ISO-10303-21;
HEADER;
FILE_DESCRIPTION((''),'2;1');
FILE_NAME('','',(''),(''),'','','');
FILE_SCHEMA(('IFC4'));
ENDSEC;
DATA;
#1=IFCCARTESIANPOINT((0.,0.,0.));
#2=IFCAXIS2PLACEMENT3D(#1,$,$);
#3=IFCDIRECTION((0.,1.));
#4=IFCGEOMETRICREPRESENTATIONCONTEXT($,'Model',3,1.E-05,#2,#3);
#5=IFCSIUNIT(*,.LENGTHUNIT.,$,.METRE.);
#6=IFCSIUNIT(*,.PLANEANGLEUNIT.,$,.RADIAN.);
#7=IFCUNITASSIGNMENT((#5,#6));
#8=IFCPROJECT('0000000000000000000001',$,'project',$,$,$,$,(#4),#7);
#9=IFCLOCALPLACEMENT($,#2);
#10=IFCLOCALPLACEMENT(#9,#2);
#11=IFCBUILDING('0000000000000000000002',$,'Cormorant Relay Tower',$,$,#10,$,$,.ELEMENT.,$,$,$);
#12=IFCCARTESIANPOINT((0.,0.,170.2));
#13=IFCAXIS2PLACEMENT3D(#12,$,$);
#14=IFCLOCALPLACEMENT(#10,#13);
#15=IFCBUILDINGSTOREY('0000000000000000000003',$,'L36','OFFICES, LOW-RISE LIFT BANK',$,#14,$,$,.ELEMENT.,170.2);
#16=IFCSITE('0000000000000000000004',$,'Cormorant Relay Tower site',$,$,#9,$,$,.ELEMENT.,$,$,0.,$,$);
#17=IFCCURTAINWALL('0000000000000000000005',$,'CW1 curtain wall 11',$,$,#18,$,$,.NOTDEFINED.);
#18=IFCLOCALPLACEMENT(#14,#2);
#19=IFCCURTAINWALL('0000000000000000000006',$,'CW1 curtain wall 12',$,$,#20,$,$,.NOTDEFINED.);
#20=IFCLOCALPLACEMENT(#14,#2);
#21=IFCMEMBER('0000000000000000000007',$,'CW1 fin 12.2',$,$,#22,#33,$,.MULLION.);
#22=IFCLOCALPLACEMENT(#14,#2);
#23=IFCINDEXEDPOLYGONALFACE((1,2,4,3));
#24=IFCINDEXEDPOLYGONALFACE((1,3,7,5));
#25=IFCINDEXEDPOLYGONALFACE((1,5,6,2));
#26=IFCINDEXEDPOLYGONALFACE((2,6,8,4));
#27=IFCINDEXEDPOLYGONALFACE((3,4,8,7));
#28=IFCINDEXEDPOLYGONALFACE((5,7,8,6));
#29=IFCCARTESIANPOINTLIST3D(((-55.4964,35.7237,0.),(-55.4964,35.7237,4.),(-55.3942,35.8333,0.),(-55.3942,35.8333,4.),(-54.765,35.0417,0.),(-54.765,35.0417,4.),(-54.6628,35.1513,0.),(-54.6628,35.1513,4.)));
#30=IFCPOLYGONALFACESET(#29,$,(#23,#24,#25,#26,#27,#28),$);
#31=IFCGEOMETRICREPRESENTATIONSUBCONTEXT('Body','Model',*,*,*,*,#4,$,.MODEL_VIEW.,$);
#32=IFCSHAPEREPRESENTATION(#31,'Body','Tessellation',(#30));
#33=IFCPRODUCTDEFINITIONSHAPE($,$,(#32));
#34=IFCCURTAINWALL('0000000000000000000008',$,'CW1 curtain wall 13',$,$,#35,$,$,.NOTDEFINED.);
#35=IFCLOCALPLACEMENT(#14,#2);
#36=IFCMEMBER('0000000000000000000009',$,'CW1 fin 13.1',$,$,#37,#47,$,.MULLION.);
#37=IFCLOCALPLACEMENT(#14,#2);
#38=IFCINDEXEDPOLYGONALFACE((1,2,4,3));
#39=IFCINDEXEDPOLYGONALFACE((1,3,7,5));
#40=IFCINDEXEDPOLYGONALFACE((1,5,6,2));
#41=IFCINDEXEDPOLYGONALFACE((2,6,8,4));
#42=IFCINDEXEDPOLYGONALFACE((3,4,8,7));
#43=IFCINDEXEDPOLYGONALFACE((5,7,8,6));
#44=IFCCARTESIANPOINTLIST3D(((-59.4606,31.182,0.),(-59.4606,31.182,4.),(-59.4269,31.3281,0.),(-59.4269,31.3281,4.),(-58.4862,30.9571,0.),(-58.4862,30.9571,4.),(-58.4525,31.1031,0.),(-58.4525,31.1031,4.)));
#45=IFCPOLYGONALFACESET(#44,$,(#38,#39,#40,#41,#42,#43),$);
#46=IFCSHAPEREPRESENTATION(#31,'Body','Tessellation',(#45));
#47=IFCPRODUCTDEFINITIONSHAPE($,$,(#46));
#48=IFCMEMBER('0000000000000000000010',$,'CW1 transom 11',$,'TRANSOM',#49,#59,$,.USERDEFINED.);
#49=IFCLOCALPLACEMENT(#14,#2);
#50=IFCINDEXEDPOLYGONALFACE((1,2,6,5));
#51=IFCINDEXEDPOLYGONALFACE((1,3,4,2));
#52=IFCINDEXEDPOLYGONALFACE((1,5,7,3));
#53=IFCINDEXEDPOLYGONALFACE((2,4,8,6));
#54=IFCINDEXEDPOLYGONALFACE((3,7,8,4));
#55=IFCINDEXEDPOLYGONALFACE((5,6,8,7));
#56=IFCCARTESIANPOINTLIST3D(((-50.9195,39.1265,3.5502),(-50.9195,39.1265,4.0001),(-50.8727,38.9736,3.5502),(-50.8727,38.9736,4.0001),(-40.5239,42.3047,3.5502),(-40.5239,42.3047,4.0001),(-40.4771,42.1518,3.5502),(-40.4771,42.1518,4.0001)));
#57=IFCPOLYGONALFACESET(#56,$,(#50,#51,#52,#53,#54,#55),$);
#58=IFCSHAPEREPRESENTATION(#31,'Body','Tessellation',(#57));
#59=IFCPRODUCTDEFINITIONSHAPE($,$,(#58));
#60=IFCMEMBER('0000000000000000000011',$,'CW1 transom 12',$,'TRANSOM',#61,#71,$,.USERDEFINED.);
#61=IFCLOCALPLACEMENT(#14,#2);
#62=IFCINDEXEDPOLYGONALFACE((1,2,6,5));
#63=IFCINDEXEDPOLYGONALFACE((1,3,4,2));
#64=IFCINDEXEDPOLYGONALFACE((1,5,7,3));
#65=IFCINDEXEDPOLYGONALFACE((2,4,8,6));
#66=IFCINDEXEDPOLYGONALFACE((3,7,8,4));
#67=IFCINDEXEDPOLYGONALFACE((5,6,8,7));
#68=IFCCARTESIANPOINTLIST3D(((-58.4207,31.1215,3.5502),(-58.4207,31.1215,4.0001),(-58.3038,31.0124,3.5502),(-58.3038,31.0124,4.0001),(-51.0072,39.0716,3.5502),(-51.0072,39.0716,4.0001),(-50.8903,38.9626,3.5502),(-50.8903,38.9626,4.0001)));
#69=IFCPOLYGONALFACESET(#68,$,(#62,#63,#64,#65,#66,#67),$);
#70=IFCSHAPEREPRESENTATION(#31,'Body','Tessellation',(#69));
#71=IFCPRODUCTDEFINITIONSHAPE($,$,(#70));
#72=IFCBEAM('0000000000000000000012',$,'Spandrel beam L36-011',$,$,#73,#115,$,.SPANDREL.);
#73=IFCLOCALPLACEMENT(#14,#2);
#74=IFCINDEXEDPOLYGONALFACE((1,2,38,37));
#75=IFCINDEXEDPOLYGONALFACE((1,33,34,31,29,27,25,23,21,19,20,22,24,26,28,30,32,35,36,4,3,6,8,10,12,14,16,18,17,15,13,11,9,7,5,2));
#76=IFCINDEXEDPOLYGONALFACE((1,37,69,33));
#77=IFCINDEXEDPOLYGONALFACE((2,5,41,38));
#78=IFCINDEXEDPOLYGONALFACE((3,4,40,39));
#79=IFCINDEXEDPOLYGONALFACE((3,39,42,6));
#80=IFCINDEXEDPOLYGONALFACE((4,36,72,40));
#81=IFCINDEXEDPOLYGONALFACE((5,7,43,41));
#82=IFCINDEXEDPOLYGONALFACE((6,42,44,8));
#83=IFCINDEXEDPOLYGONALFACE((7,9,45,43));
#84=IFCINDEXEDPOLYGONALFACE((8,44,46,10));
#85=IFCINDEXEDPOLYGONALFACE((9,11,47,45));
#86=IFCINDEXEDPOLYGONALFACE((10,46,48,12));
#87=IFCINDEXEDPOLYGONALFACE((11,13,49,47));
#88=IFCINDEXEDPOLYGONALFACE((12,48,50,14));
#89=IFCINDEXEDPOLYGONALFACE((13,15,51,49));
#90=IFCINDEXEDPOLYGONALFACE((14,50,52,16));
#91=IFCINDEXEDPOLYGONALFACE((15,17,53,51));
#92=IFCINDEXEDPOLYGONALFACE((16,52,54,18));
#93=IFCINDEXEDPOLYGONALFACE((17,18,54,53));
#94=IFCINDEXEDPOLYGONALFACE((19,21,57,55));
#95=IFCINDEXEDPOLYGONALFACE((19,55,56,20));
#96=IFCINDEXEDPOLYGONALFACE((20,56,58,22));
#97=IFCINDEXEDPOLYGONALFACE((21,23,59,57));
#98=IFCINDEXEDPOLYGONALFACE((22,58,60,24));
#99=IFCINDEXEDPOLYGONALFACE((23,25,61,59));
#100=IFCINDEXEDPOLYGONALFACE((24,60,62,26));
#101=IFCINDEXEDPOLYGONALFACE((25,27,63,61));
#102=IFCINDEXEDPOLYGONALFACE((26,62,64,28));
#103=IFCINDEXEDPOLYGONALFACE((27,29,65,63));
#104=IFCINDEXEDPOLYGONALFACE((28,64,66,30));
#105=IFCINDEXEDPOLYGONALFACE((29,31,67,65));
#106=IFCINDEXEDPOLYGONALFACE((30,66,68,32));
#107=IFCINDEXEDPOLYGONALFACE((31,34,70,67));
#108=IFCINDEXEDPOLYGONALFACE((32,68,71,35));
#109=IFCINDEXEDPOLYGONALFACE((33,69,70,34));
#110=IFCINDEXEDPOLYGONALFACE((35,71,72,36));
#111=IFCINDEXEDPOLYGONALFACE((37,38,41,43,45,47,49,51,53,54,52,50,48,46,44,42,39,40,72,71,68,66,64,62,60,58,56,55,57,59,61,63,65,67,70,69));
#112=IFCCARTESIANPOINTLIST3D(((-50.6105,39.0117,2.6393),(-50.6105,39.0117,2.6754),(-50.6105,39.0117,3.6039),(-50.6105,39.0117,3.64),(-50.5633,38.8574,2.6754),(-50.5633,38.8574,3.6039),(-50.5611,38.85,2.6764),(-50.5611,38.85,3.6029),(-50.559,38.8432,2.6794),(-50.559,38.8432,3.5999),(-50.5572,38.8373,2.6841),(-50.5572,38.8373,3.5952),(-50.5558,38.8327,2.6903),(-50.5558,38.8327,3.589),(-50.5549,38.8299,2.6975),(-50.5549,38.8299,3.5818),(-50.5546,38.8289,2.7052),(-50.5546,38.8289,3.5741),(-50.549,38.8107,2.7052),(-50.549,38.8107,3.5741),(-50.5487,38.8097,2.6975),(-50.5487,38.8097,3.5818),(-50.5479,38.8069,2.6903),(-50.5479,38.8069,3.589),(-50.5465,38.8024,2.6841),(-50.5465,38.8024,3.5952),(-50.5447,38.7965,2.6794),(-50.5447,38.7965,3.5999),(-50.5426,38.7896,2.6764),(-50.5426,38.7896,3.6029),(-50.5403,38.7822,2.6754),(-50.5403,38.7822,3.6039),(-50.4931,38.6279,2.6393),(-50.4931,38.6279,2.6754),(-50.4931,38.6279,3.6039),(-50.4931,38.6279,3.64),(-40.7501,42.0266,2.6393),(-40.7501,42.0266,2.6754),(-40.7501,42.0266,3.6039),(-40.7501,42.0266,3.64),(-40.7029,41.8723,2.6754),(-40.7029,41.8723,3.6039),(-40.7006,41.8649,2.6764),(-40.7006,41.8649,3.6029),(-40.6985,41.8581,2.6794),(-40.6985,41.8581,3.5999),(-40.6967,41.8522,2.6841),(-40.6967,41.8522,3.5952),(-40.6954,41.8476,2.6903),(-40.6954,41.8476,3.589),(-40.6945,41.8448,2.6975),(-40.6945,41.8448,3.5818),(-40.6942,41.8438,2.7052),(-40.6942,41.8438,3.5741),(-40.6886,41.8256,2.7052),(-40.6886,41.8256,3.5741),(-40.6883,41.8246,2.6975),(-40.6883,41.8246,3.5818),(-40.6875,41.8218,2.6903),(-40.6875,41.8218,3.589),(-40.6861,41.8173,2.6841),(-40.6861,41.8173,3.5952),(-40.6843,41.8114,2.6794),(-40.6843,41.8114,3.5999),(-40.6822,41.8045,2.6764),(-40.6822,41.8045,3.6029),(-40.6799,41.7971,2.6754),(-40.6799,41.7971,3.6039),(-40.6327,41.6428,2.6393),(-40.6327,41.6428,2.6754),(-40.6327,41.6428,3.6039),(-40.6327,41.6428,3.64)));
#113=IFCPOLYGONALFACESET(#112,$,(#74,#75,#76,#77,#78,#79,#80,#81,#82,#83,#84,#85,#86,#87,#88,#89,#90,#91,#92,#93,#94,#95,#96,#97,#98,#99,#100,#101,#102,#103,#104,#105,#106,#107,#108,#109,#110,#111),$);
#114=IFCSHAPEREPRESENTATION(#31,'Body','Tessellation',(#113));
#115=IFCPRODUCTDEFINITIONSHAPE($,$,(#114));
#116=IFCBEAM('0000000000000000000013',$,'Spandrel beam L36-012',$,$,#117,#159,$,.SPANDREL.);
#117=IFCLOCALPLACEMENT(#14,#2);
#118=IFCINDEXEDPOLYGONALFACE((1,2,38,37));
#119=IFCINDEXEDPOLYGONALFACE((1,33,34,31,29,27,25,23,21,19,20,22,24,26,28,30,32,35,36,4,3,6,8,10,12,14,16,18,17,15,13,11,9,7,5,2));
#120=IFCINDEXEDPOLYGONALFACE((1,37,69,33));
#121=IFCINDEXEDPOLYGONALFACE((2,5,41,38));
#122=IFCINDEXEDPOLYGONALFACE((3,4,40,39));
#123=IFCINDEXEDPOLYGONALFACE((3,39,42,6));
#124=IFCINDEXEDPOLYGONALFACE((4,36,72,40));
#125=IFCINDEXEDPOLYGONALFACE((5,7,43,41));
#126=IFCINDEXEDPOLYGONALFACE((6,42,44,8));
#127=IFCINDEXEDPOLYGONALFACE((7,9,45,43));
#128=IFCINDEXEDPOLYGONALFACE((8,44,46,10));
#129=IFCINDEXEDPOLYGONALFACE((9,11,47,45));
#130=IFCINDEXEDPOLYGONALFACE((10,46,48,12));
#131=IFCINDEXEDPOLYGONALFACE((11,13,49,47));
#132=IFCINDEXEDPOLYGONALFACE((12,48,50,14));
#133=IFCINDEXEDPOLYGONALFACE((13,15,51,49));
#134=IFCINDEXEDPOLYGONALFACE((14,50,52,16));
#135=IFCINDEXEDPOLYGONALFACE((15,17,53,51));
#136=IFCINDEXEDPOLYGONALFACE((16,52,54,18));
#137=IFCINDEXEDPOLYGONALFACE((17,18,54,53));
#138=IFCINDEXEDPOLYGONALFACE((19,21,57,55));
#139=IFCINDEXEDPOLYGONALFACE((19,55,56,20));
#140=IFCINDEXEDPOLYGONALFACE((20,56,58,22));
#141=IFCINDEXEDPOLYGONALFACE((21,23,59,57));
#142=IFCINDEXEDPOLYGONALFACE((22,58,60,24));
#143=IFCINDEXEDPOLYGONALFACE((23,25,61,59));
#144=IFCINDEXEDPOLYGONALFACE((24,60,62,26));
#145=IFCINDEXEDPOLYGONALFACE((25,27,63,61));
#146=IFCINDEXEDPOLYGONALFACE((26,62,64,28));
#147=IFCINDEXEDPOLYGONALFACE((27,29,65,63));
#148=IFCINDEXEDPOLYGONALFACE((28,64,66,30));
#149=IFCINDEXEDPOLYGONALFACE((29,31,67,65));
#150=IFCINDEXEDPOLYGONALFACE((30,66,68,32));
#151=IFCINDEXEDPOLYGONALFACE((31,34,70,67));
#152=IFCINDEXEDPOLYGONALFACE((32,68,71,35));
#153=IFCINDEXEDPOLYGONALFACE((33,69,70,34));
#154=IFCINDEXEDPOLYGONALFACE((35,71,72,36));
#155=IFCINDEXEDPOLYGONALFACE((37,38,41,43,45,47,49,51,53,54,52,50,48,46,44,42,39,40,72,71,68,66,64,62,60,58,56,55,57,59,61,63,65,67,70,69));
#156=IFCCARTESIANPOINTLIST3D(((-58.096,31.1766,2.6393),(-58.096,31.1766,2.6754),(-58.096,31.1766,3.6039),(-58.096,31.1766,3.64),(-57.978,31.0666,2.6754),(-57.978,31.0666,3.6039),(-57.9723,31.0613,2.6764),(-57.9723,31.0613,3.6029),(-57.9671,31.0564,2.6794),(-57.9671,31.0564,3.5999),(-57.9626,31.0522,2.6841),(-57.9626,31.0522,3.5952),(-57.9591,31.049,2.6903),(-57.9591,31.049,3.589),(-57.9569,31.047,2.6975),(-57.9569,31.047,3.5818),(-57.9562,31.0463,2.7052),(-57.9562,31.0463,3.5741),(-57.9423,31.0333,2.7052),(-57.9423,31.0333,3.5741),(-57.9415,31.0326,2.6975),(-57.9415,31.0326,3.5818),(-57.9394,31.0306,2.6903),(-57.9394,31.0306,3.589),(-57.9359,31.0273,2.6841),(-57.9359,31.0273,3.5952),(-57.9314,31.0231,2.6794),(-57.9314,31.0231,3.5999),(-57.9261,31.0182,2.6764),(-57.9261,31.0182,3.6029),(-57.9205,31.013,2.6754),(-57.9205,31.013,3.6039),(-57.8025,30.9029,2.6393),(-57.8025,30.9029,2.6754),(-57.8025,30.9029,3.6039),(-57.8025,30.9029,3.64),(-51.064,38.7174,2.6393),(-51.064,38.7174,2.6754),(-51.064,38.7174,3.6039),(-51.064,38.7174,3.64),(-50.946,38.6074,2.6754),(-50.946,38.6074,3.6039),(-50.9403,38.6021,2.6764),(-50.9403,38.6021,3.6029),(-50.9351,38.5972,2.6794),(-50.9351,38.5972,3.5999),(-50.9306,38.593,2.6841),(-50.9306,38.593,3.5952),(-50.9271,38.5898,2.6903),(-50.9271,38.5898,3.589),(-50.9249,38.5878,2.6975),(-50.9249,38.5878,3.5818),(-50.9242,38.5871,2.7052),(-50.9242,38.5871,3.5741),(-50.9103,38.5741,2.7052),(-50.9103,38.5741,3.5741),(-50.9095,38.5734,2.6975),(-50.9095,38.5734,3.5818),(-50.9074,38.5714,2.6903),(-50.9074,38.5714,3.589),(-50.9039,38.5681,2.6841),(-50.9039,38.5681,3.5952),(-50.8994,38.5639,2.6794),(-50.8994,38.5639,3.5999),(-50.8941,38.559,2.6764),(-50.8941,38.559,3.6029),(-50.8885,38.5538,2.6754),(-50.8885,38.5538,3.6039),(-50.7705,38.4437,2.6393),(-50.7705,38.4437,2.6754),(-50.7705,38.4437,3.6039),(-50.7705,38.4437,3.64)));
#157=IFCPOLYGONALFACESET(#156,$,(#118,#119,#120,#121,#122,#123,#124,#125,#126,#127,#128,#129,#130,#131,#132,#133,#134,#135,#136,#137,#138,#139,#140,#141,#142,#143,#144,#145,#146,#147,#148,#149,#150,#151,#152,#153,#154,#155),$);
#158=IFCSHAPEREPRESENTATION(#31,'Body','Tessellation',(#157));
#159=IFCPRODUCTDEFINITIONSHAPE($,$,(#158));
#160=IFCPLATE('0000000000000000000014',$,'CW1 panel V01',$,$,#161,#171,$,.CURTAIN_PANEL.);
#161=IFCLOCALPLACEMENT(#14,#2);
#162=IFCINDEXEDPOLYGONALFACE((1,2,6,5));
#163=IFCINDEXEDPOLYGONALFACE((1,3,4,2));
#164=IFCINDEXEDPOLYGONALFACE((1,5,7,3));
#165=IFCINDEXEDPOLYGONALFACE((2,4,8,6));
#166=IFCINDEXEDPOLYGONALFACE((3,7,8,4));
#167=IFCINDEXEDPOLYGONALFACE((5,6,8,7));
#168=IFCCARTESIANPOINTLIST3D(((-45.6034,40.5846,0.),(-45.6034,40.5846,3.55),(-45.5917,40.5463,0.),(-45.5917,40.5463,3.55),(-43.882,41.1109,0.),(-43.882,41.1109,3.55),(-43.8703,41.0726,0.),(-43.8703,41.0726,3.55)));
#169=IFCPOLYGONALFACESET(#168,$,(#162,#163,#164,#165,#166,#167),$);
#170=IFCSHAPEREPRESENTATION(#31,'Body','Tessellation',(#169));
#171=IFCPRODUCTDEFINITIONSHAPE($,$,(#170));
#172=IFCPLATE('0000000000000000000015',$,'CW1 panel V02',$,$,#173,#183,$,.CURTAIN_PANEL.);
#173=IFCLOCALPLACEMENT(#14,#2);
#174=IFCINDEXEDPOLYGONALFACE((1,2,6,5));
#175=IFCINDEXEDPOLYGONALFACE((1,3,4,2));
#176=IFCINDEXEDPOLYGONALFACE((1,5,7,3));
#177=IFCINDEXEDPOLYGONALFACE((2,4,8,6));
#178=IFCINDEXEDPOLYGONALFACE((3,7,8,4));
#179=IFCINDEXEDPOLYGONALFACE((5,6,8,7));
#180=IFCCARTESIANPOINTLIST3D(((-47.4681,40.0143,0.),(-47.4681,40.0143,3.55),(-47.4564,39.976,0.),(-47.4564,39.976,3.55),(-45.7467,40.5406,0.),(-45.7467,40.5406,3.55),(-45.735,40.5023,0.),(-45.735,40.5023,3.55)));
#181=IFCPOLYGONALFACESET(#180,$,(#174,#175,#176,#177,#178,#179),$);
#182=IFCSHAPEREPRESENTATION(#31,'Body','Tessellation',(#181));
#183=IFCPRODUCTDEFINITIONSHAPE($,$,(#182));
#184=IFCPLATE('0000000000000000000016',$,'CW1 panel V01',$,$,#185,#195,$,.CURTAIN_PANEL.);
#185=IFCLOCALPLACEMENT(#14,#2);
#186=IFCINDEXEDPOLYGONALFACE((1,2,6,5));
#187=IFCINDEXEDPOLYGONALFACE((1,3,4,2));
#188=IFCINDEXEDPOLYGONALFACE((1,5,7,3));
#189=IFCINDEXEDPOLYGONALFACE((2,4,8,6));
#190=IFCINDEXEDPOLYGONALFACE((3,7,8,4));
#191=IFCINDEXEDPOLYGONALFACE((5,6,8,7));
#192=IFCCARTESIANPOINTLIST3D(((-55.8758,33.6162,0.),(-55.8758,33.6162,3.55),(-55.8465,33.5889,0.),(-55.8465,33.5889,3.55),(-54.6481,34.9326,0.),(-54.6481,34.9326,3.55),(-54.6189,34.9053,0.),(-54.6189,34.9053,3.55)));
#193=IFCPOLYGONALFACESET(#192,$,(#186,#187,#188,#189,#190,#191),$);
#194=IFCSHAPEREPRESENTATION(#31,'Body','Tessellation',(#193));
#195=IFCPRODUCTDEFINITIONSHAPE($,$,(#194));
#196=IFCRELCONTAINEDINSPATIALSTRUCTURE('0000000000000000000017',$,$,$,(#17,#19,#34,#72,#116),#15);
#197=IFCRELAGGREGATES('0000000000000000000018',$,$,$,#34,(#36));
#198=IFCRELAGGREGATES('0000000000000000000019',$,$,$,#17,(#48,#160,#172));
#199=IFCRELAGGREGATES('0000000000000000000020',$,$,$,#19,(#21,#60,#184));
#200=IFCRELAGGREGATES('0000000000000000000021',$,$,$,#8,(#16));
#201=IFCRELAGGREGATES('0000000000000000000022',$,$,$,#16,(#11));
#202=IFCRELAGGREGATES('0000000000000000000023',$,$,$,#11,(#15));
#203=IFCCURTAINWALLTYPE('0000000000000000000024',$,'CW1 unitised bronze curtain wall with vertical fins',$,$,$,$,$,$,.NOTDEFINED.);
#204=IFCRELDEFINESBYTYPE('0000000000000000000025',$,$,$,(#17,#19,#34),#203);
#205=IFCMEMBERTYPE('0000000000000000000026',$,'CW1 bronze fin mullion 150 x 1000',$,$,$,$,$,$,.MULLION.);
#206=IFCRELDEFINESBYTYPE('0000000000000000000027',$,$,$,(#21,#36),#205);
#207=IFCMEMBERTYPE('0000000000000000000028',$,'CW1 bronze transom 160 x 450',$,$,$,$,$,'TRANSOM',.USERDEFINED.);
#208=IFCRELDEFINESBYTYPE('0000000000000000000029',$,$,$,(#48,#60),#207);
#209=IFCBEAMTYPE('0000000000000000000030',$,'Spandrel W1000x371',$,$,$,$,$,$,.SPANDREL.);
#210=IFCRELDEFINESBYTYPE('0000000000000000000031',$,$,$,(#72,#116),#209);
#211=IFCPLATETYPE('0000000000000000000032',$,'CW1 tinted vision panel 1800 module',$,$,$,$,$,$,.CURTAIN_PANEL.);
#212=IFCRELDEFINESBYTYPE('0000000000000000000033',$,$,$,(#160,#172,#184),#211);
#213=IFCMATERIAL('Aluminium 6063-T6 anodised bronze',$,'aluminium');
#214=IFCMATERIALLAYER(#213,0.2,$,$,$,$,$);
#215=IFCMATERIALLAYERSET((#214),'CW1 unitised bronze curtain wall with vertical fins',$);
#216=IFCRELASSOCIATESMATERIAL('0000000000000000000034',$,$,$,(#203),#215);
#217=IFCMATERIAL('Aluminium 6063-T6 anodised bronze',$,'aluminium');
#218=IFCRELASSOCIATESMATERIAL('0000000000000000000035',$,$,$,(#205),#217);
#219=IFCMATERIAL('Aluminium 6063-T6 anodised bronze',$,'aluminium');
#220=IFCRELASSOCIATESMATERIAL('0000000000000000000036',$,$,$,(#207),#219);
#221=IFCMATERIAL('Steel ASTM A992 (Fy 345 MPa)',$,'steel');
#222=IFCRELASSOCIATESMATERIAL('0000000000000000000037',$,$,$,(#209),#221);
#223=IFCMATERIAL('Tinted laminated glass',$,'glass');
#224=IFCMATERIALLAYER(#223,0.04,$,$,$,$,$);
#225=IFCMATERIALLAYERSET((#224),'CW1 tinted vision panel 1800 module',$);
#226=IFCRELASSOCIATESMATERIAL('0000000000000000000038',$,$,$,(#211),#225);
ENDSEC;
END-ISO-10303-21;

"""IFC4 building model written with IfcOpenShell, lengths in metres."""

from ifc_helpers import new_model, si_unit, direction, frame, origin, origin_2d, place, context, subcontext, project, spatial, rectangle, i_section, extrude, material, layer, layer_set, material_profile, profile_set, type_object, element, aggregate, save


model = new_model("IFC4")

# Units and contexts
model_context = context("Model", 3, precision=1e-05, world=origin(), true_north=direction((0.0, 1.0)))
body_context = subcontext(model_context, "Body", "Model", "MODEL_VIEW")
ifc_project = project(units=[si_unit("LENGTHUNIT", "METRE"), si_unit("PLANEANGLEUNIT", "RADIAN")], contexts=[model_context])

# Site, building, storey
site_placement = place(None, origin())
site = spatial("IfcSite", under=ifc_project, at=site_placement, Name="Cormorant Relay Tower site", CompositionType="ELEMENT", RefElevation=0.0)
building_placement = place(site_placement, origin())
building = spatial("IfcBuilding", under=site, at=building_placement, Name="Cormorant Relay Tower", CompositionType="ELEMENT")
storey_placement = place(building_placement, frame((0.0, 0.0, 170.2)))
storey = spatial("IfcBuildingStorey", under=building, at=storey_placement, Name="L36", Description="OFFICES, LOW-RISE LIFT BANK", CompositionType="ELEMENT", Elevation=170.2)

# Shared definitions
ifc_material_1 = material(Name="Aluminium 6063-T6 anodised bronze", Category="aluminium")
ifc_layer_1 = layer(ifc_material_1, 0.2)
ifc_layer_set_1 = layer_set([ifc_layer_1], Name="CW1 unitised bronze curtain wall with vertical fins")
curtain_wall_type = type_object("IfcCurtainWallType", Name="CW1 unitised bronze curtain wall with vertical fins", PredefinedType="NOTDEFINED", material=ifc_layer_set_1)
ifc_material_2 = material(Name="Aluminium 6063-T6 anodised bronze", Category="aluminium")
ifc_material_profile_1 = material_profile(ifc_material_2, rectangle(XDim=0.1499, YDim=1.0, at=origin_2d()), Name="AL 150x1000")
ifc_profile_set_1 = profile_set([ifc_material_profile_1], Name="Aluminium 6063-T6 anodised bronze")
member_type_1 = type_object("IfcMemberType", Name="CW1 bronze fin mullion 150 x 1000", PredefinedType="MULLION", material=ifc_profile_set_1)

# Curtain walls, member
curtain_wall_1_placement = place(storey_placement, origin())
curtain_wall_1 = element("IfcCurtainWall", 1, at=curtain_wall_1_placement, inside=storey, type_object=curtain_wall_type, Name="CW1 curtain wall 11", PredefinedType="NOTDEFINED")
curtain_wall_2_placement = place(storey_placement, origin())
curtain_wall_2 = element("IfcCurtainWall", 2, at=curtain_wall_2_placement, inside=storey, type_object=curtain_wall_type, Name="CW1 curtain wall 12", PredefinedType="NOTDEFINED")
member_1_placement = place(storey_placement, frame((-55.0796, 35.4375, 0.0), z_axis=(0.0, 0.0, 1.0), x_axis=(-0.681998, -0.731354, 0.0)))
member_1 = element("IfcMember", 3, at=member_1_placement, type_object=member_type_1, Name="CW1 fin 12.2", PredefinedType="MULLION", context=body_context, shape_type="SweptSolid", body=[
    extrude(rectangle(XDim=0.1499, YDim=1.0, at=origin_2d()), origin(), (0.0, 0.0, 1.0), 4.0),
])

# Curtain wall, member
curtain_wall_3_placement = place(storey_placement, origin())
curtain_wall_3 = element("IfcCurtainWall", 4, at=curtain_wall_3_placement, inside=storey, type_object=curtain_wall_type, Name="CW1 curtain wall 13", PredefinedType="NOTDEFINED")
member_2_placement = place(storey_placement, frame((-58.9565, 31.1426, 0.0), z_axis=(0.0, 0.0, 1.0), x_axis=(-0.224951, -0.97437, 0.0)))
member_2 = element("IfcMember", 5, at=member_2_placement, type_object=member_type_1, Name="CW1 fin 13.1", PredefinedType="MULLION", context=body_context, shape_type="SweptSolid", body=[
    extrude(rectangle(XDim=0.1499, YDim=1.0, at=origin_2d()), origin(), (0.0, 0.0, 1.0), 4.0),
])
aggregate(curtain_wall_3, [member_2])

# Members
ifc_material_3 = material(Name="Aluminium 6063-T6 anodised bronze", Category="aluminium")
ifc_material_profile_2 = material_profile(ifc_material_3, rectangle(XDim=0.1599, YDim=0.45, at=origin_2d()), Name="AL 160x450")
ifc_profile_set_2 = profile_set([ifc_material_profile_2], Name="Aluminium 6063-T6 anodised bronze")
member_type_2 = type_object("IfcMemberType", Name="CW1 bronze transom 160 x 450", ElementType="TRANSOM", PredefinedType="USERDEFINED", material=ifc_profile_set_2)
member_3_placement = place(storey_placement, frame((-40.5005, 42.2283, 3.7751), z_axis=(-0.956305, -0.292371, 0.0), x_axis=(0.292371, -0.956305, 0.0)))
member_3 = element("IfcMember", 6, at=member_3_placement, type_object=member_type_2, Name="CW1 transom 11", ObjectType="TRANSOM", PredefinedType="USERDEFINED", context=body_context, shape_type="SweptSolid", body=[
    extrude(rectangle(XDim=0.1599, YDim=0.45, at=origin_2d()), origin(), (0.0, 0.0, 1.0), 10.8706),
])
member_4_placement = place(storey_placement, frame((-50.9487, 39.0171, 3.7751), z_axis=(-0.681993, -0.731358, 0.0), x_axis=(0.731358, -0.681993, 0.0)))
member_4 = element("IfcMember", 7, at=member_4_placement, type_object=member_type_2, Name="CW1 transom 12", ObjectType="TRANSOM", PredefinedType="USERDEFINED", context=body_context, shape_type="SweptSolid", body=[
    extrude(rectangle(XDim=0.1599, YDim=0.45, at=origin_2d()), origin(), (0.0, 0.0, 1.0), 10.8704),
])

# Beams
ifc_material_4 = material(Name="Steel ASTM A992 (Fy 345 MPa)", Category="steel")
ifc_material_profile_3 = material_profile(ifc_material_4, i_section(OverallWidth=0.4014, OverallDepth=1.0007, WebThickness=0.019, FlangeThickness=0.0361, FilletRadius=0.0298, at=origin_2d()), Name="W1000x371")
ifc_profile_set_3 = profile_set([ifc_material_profile_3], Name="Steel ASTM A992 (Fy 345 MPa)")
beam_type = type_object("IfcBeamType", Name="Spandrel W1000x371", PredefinedType="SPANDREL", material=ifc_profile_set_3)
beam_1_placement = place(storey_placement, frame((-40.6914, 41.8347, 3.1396), z_axis=(-0.956297, -0.292397, 0.0), x_axis=(0.292397, -0.956297, 0.0)))
element("IfcBeam", 8, at=beam_1_placement, inside=storey, type_object=beam_type, Name="Spandrel beam L36-011", PredefinedType="SPANDREL", context=body_context, shape_type="SweptSolid", body=[
    extrude(i_section(OverallWidth=0.4014, OverallDepth=1.0007, WebThickness=0.019, FlangeThickness=0.0361, FilletRadius=0.0298, at=origin_2d()), origin(), (0.0, 0.0, 1.0), 10.311),
])
beam_2_placement = place(storey_placement, frame((-50.9172, 38.5806, 3.1396), z_axis=(-0.682004, -0.731349, 0.0), x_axis=(0.731349, -0.682004, 0.0)))
element("IfcBeam", 9, at=beam_2_placement, inside=storey, type_object=beam_type, Name="Spandrel beam L36-012", PredefinedType="SPANDREL", context=body_context, shape_type="SweptSolid", body=[
    extrude(i_section(OverallWidth=0.4014, OverallDepth=1.0007, WebThickness=0.019, FlangeThickness=0.0361, FilletRadius=0.0298, at=origin_2d()), origin(), (0.0, 0.0, 1.0), 10.3108),
])

# Plates
ifc_material_5 = material(Name="Tinted laminated glass", Category="glass")
ifc_layer_2 = layer(ifc_material_5, 0.04)
ifc_layer_set_2 = layer_set([ifc_layer_2], Name="CW1 tinted vision panel 1800 module")
plate_type = type_object("IfcPlateType", Name="CW1 tinted vision panel 1800 module", PredefinedType="CURTAIN_PANEL", material=ifc_layer_set_2)
plate_1_placement = place(storey_placement, frame((-44.7368, 40.8286, 0.0), z_axis=(0.0, 0.0, 1.0), x_axis=(-0.956305, -0.292372, 0.0)))
plate_1 = element("IfcPlate", 10, at=plate_1_placement, type_object=plate_type, Name="CW1 panel V01", PredefinedType="CURTAIN_PANEL", context=body_context, shape_type="SweptSolid", body=[
    extrude(rectangle(XDim=1.8, YDim=0.04, at=origin_2d()), origin(), (0.0, 0.0, 1.0), 3.55),
])
plate_2_placement = place(storey_placement, frame((-46.6016, 40.2583, 0.0), z_axis=(0.0, 0.0, 1.0), x_axis=(-0.956305, -0.292372, 0.0)))
plate_2 = element("IfcPlate", 11, at=plate_2_placement, type_object=plate_type, Name="CW1 panel V02", PredefinedType="CURTAIN_PANEL", context=body_context, shape_type="SweptSolid", body=[
    extrude(rectangle(XDim=1.8, YDim=0.04, at=origin_2d()), origin(), (0.0, 0.0, 1.0), 3.55),
])
plate_3_placement = place(storey_placement, frame((-55.2473, 34.2607, 0.0), z_axis=(0.0, 0.0, 1.0), x_axis=(-0.681998, -0.731354, 0.0)))
plate_3 = element("IfcPlate", 12, at=plate_3_placement, type_object=plate_type, Name="CW1 panel V01", PredefinedType="CURTAIN_PANEL", context=body_context, shape_type="SweptSolid", body=[
    extrude(rectangle(XDim=1.8, YDim=0.04, at=origin_2d()), origin(), (0.0, 0.0, 1.0), 3.55),
])

aggregate(curtain_wall_1, [member_3, plate_1, plate_2])
aggregate(curtain_wall_2, [member_1, member_4, plate_3])

save(model, "model.ifc")
